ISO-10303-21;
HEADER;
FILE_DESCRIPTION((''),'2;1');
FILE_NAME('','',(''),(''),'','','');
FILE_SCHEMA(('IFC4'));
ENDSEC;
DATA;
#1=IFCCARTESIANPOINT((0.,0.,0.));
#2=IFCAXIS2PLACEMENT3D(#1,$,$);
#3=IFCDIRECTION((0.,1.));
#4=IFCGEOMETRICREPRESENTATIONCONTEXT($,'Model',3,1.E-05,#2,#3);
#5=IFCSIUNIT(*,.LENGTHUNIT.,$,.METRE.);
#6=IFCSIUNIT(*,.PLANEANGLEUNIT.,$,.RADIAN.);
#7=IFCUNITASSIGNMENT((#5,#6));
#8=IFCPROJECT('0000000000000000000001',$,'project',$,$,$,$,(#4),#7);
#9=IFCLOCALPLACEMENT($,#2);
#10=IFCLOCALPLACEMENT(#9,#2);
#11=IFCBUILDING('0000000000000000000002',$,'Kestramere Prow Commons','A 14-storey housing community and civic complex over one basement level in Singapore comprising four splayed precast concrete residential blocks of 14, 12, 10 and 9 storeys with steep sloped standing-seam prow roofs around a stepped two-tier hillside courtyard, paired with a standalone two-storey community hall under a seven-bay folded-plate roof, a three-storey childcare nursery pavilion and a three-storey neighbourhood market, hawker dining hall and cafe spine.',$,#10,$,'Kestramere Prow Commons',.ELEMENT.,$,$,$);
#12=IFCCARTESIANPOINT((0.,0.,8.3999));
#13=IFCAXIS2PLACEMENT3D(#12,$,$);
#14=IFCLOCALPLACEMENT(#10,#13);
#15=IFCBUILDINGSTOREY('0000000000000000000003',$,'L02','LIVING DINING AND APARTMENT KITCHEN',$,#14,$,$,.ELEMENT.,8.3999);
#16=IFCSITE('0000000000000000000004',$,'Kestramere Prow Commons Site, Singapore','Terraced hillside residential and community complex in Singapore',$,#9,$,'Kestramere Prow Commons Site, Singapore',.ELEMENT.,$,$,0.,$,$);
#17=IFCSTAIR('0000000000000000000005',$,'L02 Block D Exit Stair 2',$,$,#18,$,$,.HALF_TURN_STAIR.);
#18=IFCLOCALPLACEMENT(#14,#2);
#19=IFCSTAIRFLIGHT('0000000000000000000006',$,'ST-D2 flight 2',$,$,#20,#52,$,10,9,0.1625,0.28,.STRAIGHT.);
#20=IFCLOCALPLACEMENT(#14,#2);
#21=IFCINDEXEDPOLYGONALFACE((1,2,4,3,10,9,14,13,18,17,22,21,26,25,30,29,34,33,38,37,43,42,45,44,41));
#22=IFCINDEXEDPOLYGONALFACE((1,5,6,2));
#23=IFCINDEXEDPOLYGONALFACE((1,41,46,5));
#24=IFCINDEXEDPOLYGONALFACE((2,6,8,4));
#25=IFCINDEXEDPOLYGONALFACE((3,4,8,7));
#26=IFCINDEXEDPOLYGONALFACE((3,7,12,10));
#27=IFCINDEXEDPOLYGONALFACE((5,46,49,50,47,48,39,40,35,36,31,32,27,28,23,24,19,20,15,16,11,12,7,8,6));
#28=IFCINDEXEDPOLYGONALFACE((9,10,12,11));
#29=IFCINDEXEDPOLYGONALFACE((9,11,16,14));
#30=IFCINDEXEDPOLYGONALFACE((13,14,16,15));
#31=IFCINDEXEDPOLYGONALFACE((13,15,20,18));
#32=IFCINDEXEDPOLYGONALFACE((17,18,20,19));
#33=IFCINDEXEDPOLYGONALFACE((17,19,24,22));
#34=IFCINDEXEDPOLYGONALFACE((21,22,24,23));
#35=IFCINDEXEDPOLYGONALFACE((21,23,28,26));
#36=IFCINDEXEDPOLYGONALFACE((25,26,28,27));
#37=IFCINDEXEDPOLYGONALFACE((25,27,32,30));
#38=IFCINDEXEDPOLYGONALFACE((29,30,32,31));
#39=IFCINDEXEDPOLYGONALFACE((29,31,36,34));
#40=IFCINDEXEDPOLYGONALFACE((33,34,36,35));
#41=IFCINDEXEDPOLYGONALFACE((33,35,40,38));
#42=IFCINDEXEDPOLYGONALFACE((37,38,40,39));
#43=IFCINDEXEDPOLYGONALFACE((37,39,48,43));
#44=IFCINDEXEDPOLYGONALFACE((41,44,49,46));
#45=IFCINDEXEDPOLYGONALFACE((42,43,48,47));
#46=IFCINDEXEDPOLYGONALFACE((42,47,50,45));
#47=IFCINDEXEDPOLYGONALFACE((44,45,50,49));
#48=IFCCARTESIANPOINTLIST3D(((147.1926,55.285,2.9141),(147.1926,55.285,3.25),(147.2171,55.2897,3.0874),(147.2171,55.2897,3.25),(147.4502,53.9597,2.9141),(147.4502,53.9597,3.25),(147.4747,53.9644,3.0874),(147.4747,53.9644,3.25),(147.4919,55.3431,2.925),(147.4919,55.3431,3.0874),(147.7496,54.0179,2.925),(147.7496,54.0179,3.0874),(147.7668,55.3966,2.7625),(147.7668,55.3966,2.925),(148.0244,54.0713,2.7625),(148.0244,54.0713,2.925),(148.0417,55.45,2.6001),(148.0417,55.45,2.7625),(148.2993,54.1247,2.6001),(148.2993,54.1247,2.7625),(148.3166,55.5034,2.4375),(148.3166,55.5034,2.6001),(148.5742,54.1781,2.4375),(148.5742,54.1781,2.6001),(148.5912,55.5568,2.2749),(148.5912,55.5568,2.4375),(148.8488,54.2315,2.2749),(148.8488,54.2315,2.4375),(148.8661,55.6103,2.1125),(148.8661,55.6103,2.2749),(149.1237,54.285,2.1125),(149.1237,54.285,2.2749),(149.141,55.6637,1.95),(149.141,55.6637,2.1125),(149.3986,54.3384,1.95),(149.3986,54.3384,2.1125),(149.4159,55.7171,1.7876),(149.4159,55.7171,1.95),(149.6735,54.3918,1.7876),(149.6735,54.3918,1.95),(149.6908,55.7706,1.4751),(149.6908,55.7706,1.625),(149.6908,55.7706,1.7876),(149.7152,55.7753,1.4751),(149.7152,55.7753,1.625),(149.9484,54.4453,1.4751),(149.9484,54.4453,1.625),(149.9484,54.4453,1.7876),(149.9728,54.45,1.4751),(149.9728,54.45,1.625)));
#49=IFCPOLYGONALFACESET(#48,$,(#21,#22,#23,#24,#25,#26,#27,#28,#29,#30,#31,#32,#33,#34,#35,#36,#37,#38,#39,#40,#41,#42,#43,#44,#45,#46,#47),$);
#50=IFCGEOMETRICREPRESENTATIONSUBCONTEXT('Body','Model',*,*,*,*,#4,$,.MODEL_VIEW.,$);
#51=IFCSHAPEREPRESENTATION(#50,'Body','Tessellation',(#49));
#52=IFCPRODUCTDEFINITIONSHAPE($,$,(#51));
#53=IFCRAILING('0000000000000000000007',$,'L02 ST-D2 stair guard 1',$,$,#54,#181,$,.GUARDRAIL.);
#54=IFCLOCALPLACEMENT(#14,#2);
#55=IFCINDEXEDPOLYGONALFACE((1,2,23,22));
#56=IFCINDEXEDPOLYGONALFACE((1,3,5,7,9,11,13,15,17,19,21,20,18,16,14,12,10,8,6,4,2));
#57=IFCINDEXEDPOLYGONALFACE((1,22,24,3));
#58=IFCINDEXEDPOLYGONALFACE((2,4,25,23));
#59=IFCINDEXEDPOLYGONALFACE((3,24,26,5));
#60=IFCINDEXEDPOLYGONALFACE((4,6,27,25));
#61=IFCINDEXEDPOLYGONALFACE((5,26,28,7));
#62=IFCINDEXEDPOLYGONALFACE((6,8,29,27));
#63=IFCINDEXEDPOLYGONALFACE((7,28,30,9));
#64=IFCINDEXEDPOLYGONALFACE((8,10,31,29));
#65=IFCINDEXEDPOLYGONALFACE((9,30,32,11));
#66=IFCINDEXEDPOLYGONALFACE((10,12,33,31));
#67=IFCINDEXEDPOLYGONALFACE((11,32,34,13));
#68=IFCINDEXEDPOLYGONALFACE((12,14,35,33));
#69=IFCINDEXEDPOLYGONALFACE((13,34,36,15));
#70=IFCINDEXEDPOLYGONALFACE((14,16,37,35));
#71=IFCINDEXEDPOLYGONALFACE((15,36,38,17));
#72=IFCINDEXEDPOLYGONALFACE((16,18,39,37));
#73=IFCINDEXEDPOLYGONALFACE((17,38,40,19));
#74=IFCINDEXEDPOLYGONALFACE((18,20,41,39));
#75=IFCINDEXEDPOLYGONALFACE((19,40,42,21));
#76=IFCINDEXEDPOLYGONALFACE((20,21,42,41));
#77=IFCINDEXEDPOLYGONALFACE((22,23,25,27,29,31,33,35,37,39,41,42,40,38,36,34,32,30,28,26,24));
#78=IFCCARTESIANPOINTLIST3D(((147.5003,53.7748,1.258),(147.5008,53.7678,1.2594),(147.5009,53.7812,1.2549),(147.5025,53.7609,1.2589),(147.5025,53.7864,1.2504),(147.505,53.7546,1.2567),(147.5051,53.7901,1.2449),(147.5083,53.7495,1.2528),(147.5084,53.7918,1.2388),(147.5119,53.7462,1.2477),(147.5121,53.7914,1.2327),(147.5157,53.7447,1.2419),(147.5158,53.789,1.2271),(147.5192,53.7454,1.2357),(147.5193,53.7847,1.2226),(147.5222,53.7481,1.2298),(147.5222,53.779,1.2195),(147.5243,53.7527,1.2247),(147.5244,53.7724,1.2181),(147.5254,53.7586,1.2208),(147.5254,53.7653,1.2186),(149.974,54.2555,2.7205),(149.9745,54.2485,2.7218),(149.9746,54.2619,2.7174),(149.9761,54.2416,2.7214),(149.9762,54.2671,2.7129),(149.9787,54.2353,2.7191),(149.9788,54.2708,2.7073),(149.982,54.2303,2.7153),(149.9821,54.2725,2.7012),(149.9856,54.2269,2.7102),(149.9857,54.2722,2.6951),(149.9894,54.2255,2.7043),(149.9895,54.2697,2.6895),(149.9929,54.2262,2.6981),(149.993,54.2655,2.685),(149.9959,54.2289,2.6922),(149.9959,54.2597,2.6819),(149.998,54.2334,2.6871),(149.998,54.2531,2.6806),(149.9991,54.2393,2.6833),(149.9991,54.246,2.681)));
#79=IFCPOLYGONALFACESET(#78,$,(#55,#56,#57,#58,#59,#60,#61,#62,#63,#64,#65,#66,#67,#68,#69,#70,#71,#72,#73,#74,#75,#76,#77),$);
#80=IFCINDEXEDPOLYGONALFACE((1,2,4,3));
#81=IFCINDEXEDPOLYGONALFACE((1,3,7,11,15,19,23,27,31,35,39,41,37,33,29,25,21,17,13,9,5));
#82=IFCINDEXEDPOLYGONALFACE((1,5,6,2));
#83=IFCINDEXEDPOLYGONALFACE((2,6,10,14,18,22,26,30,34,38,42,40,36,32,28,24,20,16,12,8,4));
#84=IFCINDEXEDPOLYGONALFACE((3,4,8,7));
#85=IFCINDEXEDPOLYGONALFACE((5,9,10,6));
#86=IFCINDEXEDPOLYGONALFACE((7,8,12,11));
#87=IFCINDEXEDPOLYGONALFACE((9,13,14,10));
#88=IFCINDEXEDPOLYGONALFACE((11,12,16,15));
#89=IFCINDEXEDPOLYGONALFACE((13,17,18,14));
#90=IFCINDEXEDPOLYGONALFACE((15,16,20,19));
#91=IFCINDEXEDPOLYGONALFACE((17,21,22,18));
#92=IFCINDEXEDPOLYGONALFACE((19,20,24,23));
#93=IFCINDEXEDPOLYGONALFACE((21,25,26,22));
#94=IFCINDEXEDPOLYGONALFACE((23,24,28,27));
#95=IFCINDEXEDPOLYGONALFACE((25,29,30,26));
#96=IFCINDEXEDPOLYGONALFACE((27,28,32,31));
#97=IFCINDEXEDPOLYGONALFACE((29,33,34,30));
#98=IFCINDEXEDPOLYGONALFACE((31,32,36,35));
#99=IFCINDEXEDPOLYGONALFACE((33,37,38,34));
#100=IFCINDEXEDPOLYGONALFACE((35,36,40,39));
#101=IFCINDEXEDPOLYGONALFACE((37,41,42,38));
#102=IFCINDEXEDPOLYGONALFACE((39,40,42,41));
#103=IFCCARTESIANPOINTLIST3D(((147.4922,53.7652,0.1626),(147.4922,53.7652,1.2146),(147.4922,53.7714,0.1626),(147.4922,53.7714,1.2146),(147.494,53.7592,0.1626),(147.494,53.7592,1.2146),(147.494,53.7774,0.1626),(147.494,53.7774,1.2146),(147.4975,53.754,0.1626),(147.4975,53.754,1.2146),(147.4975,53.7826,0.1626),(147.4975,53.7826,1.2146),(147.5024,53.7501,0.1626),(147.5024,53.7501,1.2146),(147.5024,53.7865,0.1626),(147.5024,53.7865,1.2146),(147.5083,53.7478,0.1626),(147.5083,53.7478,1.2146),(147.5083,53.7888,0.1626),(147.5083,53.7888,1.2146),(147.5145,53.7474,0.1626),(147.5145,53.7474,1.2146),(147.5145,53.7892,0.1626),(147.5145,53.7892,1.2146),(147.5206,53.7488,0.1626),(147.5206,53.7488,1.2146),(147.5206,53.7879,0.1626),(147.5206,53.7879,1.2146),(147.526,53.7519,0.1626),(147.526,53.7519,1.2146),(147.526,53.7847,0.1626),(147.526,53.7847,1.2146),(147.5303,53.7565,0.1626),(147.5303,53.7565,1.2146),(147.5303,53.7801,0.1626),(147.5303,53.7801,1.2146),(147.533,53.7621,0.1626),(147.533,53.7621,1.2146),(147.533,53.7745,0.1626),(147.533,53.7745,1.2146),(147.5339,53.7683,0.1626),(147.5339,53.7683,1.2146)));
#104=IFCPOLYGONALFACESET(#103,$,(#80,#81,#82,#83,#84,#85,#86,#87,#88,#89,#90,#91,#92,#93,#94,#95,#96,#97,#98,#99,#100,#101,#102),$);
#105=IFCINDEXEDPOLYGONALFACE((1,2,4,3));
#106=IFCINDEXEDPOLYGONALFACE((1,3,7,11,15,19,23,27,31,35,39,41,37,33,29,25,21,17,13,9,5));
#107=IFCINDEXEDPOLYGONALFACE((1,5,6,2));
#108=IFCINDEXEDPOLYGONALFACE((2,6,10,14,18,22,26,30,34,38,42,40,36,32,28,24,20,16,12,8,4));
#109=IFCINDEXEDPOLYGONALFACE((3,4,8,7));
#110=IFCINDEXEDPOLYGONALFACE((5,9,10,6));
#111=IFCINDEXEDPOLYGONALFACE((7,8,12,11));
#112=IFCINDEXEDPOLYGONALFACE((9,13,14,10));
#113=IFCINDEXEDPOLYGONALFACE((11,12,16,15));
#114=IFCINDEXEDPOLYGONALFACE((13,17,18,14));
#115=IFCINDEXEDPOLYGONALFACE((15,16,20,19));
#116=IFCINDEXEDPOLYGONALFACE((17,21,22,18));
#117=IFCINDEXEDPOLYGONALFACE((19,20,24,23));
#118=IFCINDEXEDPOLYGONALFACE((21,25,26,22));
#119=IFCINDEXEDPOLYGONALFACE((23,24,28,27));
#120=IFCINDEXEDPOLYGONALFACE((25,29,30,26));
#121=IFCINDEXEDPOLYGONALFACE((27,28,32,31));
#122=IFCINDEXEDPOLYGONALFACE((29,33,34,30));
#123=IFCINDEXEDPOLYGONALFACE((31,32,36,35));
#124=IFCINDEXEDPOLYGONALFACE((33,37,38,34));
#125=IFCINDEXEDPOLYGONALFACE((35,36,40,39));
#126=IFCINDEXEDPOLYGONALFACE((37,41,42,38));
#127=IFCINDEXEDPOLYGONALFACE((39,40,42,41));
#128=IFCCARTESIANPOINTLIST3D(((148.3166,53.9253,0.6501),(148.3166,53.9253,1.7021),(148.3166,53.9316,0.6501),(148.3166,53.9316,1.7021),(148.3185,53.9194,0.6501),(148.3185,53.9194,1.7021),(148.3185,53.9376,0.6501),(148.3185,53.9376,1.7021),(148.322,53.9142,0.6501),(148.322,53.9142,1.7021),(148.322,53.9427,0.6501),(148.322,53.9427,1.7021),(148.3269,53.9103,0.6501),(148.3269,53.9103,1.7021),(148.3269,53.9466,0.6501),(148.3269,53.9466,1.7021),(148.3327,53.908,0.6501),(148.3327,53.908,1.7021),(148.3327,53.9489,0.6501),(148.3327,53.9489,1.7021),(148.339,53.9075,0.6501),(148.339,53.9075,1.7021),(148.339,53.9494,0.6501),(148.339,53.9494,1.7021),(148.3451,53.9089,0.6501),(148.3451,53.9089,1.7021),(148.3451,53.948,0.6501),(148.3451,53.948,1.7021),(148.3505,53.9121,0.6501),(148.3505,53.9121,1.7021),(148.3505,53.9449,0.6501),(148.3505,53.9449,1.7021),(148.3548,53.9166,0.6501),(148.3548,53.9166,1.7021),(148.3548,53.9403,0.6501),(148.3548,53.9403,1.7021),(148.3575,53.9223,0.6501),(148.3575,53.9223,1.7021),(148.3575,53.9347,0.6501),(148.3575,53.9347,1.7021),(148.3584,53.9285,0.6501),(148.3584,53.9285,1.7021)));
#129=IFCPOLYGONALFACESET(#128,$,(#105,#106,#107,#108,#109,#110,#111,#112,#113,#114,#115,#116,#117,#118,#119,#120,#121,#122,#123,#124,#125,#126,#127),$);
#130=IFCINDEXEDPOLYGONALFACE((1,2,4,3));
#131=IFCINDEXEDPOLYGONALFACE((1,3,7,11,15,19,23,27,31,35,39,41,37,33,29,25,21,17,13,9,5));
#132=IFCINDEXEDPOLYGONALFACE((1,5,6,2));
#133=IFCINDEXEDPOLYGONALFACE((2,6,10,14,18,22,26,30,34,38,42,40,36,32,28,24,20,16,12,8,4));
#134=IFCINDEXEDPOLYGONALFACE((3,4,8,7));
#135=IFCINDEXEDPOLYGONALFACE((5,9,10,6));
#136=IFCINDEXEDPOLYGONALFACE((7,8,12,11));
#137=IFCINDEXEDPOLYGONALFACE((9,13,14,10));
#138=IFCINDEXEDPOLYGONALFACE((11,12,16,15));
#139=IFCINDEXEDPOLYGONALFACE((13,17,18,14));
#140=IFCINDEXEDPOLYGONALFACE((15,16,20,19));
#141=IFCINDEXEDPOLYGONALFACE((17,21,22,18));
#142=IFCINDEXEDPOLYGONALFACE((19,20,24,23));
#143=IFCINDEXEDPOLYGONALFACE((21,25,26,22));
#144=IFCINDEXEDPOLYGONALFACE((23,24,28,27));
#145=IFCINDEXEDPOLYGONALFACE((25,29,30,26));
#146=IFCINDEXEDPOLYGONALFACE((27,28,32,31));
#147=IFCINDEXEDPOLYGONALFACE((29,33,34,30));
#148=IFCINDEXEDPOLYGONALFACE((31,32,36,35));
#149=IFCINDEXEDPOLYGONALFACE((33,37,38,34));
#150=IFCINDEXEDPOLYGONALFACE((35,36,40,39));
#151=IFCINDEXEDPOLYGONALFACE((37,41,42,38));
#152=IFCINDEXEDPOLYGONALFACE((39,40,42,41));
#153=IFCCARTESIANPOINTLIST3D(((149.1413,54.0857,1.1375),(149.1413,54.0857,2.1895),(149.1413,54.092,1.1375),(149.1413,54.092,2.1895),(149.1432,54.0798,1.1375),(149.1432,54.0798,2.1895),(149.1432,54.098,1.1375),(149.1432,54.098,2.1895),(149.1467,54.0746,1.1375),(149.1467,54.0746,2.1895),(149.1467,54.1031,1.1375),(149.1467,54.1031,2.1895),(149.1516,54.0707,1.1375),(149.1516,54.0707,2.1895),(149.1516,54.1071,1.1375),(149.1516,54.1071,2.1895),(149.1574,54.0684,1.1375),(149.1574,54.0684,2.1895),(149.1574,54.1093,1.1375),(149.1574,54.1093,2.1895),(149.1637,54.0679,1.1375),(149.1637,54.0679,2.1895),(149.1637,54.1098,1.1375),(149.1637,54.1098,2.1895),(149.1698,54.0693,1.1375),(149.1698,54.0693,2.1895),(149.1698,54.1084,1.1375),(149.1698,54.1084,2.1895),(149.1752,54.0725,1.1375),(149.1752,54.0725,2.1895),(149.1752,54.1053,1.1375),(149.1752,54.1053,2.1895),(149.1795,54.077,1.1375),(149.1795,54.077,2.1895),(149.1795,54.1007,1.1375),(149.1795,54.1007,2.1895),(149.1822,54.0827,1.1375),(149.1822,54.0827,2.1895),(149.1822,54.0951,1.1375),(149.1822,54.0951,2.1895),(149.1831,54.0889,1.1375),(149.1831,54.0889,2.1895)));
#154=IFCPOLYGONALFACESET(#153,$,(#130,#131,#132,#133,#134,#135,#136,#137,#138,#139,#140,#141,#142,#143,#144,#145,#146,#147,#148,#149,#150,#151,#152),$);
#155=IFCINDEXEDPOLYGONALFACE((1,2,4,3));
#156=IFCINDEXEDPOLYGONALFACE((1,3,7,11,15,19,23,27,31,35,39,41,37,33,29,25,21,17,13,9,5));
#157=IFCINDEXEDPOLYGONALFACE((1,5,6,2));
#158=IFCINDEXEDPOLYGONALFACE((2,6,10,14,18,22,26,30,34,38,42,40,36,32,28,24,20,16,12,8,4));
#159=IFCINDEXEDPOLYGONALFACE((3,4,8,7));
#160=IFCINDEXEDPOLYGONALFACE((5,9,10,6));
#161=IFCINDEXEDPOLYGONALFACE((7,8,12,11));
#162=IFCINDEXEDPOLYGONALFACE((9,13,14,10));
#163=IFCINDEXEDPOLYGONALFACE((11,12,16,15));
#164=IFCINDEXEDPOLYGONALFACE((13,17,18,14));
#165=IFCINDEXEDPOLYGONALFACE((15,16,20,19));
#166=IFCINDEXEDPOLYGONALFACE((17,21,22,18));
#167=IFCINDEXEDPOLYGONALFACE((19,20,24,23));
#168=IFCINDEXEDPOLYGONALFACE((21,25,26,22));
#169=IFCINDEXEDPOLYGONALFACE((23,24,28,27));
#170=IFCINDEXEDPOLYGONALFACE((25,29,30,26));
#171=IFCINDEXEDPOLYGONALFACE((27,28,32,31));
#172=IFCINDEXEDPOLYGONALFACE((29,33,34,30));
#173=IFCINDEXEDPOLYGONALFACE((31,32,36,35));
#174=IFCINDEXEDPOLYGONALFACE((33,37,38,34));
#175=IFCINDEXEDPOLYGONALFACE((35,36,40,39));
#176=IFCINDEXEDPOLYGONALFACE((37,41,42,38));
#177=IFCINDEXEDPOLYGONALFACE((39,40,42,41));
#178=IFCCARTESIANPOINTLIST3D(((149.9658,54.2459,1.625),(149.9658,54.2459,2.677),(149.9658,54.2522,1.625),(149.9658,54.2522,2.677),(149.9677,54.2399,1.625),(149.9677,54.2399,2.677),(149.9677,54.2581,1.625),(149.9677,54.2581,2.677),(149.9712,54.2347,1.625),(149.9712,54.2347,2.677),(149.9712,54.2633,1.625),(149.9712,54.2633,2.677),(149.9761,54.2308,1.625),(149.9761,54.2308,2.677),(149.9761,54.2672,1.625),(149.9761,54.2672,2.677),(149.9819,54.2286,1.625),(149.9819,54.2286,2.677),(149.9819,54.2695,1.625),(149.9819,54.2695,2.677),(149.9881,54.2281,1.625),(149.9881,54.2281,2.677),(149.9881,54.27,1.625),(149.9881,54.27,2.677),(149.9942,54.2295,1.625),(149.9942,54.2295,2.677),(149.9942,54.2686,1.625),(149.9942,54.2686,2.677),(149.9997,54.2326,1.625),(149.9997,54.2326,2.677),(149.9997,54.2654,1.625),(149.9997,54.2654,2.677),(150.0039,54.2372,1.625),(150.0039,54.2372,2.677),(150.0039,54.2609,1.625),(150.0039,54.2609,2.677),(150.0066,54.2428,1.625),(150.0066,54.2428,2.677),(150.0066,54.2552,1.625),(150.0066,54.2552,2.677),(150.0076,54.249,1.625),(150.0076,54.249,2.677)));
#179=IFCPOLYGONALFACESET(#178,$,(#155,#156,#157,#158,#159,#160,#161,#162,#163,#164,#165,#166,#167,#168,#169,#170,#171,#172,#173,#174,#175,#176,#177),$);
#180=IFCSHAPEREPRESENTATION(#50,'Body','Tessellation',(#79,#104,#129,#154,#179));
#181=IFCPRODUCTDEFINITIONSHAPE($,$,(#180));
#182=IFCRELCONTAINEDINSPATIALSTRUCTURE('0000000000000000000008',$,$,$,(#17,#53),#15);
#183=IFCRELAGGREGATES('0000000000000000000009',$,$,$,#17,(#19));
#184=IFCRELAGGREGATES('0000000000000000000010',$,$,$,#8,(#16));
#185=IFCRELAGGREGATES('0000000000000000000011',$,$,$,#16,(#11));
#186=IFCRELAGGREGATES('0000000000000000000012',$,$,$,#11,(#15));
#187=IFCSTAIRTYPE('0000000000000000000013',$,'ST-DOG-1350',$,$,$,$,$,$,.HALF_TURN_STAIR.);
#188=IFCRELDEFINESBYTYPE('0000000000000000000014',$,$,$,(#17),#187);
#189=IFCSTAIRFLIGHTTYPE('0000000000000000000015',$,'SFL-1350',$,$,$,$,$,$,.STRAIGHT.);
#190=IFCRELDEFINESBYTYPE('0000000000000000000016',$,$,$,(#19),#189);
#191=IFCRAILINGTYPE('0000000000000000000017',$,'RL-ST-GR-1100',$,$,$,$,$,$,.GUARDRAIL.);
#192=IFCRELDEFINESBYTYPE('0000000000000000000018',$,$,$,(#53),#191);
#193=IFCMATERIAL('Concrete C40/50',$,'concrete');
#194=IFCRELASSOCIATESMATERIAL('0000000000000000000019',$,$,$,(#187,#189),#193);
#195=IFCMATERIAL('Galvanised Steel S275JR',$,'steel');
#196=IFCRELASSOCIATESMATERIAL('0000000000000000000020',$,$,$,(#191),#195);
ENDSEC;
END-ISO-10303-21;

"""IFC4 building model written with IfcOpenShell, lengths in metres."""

from ifc_helpers import new_model, si_unit, direction, frame, origin, origin_2d, place, context, subcontext, project, spatial, polyline, circle, outline, extrude, material, type_object, element, aggregate, save


model = new_model("IFC4")

# Units and contexts
model_context = context("Model", 3, precision=1e-05, world=origin(), true_north=direction((0.0, 1.0)))
body_context = subcontext(model_context, "Body", "Model", "MODEL_VIEW")
ifc_project = project(units=[si_unit("LENGTHUNIT", "METRE"), si_unit("PLANEANGLEUNIT", "RADIAN")], contexts=[model_context])

# Site, building, storey
site_placement = place(None, origin())
site = spatial("IfcSite", under=ifc_project, at=site_placement, Name="Kestramere Prow Commons Site, Singapore", Description="Terraced hillside residential and community complex in Singapore", LongName="Kestramere Prow Commons Site, Singapore", CompositionType="ELEMENT", RefElevation=0.0)
building_placement = place(site_placement, origin())
building = spatial("IfcBuilding", under=site, at=building_placement, Name="Kestramere Prow Commons", Description="A 14-storey housing community and civic complex over one basement level in Singapore comprising four splayed precast concrete residential blocks of 14, 12, 10 and 9 storeys with steep sloped standing-seam prow roofs around a stepped two-tier hillside courtyard, paired with a standalone two-storey community hall under a seven-bay folded-plate roof, a three-storey childcare nursery pavilion and a three-storey neighbourhood market, hawker dining hall and cafe spine.", LongName="Kestramere Prow Commons", CompositionType="ELEMENT")
storey_placement = place(building_placement, frame((0.0, 0.0, 8.3999)))
storey = spatial("IfcBuildingStorey", under=building, at=storey_placement, Name="L02", Description="LIVING DINING AND APARTMENT KITCHEN", CompositionType="ELEMENT", Elevation=8.3999)

# Shared definitions
ifc_material_1 = material(Name="Concrete C40/50", Category="concrete")

# Stair, stair flight
stair_type = type_object("IfcStairType", Name="ST-DOG-1350", PredefinedType="HALF_TURN_STAIR", material=ifc_material_1)
stair_placement = place(storey_placement, origin())
stair = element("IfcStair", 1, at=stair_placement, inside=storey, type_object=stair_type, Name="L02 Block D Exit Stair 2", PredefinedType="HALF_TURN_STAIR")
stair_flight_type = type_object("IfcStairFlightType", Name="SFL-1350", PredefinedType="STRAIGHT", material=ifc_material_1)
stair_flight_1_placement = place(storey_placement, frame((149.8196, 55.1079, 1.625), z_axis=(0.0, 0.0, 1.0), x_axis=(-0.981627, -0.190809, 0.0)))
stair_flight_1 = element("IfcStairFlight", 2, at=stair_flight_1_placement, type_object=stair_flight_type, Name="ST-D2 flight 2", NumberOfRisers=10, NumberOfTreads=9, PredefinedType="STRAIGHT", RiserHeight=0.1625, TreadLength=0.28, context=body_context, shape_type="SweptSolid", body=[
    extrude(outline(polyline([(-0.0249, 0.0), (0.0, 0.0), (0.0, 0.1626), (0.28, 0.1626), (0.28, 0.325), (0.5601, 0.325), (0.5601, 0.4875), (0.8401, 0.4875), (0.8401, 0.6499), (1.1201, 0.6499), (1.1201, 0.8125), (1.3999, 0.8125), (1.3999, 0.9751), (1.6799, 0.9751), (1.6799, 1.1375), (1.96, 1.1375), (1.96, 1.3), (2.24, 1.3), (2.24, 1.4624), (2.52, 1.4624), (2.52, 1.625), (2.5449, 1.625), (2.5449, 1.2891), (0.0, -0.1499), (-0.0249, -0.1499), (-0.0249, 0.0)])), frame((0.0, 0.675, 0.0), z_axis=(0.0, -1.0, 0.0), x_axis=(1.0, 0.0, 0.0)), (0.0, 0.0, 1.0), 1.3501),
])
aggregate(stair, [stair_flight_1])

# Railing
ifc_material_2 = material(Name="Galvanised Steel S275JR", Category="steel")
railing_type_1 = type_object("IfcRailingType", Name="RL-ST-GR-1100", PredefinedType="GUARDRAIL", material=ifc_material_2)
railing_1_placement = place(storey_placement, frame((147.5129, 53.7683, 0.1626)))
element("IfcRailing", 3, at=railing_1_placement, inside=storey, type_object=railing_type_1, Name="L02 ST-D2 stair guard 1", PredefinedType="GUARDRAIL", context=body_context, shape_type="SweptSolid", body=[
    extrude(circle(Radius=0.0239, at=origin_2d()), frame((0.0, 0.0, 1.0762), z_axis=(0.84902, 0.164994, 0.501938), x_axis=(-0.190766, 0.981636, 0.0)), (0.0, 0.0, 1.0), 2.9136),
    extrude(circle(Radius=0.021, at=origin_2d()), origin(), (0.0, 0.0, 1.0), 1.052),
    extrude(circle(Radius=0.021, at=origin_2d()), frame((0.8245, 0.1602, 0.4875)), (0.0, 0.0, 1.0), 1.052),
    extrude(circle(Radius=0.021, at=origin_2d()), frame((1.6492, 0.3206, 0.9749)), (0.0, 0.0, 1.0), 1.052),
    extrude(circle(Radius=0.021, at=origin_2d()), frame((2.4736, 0.4807, 1.4624)), (0.0, 0.0, 1.0), 1.052),
])

save(model, "model.ifc")
